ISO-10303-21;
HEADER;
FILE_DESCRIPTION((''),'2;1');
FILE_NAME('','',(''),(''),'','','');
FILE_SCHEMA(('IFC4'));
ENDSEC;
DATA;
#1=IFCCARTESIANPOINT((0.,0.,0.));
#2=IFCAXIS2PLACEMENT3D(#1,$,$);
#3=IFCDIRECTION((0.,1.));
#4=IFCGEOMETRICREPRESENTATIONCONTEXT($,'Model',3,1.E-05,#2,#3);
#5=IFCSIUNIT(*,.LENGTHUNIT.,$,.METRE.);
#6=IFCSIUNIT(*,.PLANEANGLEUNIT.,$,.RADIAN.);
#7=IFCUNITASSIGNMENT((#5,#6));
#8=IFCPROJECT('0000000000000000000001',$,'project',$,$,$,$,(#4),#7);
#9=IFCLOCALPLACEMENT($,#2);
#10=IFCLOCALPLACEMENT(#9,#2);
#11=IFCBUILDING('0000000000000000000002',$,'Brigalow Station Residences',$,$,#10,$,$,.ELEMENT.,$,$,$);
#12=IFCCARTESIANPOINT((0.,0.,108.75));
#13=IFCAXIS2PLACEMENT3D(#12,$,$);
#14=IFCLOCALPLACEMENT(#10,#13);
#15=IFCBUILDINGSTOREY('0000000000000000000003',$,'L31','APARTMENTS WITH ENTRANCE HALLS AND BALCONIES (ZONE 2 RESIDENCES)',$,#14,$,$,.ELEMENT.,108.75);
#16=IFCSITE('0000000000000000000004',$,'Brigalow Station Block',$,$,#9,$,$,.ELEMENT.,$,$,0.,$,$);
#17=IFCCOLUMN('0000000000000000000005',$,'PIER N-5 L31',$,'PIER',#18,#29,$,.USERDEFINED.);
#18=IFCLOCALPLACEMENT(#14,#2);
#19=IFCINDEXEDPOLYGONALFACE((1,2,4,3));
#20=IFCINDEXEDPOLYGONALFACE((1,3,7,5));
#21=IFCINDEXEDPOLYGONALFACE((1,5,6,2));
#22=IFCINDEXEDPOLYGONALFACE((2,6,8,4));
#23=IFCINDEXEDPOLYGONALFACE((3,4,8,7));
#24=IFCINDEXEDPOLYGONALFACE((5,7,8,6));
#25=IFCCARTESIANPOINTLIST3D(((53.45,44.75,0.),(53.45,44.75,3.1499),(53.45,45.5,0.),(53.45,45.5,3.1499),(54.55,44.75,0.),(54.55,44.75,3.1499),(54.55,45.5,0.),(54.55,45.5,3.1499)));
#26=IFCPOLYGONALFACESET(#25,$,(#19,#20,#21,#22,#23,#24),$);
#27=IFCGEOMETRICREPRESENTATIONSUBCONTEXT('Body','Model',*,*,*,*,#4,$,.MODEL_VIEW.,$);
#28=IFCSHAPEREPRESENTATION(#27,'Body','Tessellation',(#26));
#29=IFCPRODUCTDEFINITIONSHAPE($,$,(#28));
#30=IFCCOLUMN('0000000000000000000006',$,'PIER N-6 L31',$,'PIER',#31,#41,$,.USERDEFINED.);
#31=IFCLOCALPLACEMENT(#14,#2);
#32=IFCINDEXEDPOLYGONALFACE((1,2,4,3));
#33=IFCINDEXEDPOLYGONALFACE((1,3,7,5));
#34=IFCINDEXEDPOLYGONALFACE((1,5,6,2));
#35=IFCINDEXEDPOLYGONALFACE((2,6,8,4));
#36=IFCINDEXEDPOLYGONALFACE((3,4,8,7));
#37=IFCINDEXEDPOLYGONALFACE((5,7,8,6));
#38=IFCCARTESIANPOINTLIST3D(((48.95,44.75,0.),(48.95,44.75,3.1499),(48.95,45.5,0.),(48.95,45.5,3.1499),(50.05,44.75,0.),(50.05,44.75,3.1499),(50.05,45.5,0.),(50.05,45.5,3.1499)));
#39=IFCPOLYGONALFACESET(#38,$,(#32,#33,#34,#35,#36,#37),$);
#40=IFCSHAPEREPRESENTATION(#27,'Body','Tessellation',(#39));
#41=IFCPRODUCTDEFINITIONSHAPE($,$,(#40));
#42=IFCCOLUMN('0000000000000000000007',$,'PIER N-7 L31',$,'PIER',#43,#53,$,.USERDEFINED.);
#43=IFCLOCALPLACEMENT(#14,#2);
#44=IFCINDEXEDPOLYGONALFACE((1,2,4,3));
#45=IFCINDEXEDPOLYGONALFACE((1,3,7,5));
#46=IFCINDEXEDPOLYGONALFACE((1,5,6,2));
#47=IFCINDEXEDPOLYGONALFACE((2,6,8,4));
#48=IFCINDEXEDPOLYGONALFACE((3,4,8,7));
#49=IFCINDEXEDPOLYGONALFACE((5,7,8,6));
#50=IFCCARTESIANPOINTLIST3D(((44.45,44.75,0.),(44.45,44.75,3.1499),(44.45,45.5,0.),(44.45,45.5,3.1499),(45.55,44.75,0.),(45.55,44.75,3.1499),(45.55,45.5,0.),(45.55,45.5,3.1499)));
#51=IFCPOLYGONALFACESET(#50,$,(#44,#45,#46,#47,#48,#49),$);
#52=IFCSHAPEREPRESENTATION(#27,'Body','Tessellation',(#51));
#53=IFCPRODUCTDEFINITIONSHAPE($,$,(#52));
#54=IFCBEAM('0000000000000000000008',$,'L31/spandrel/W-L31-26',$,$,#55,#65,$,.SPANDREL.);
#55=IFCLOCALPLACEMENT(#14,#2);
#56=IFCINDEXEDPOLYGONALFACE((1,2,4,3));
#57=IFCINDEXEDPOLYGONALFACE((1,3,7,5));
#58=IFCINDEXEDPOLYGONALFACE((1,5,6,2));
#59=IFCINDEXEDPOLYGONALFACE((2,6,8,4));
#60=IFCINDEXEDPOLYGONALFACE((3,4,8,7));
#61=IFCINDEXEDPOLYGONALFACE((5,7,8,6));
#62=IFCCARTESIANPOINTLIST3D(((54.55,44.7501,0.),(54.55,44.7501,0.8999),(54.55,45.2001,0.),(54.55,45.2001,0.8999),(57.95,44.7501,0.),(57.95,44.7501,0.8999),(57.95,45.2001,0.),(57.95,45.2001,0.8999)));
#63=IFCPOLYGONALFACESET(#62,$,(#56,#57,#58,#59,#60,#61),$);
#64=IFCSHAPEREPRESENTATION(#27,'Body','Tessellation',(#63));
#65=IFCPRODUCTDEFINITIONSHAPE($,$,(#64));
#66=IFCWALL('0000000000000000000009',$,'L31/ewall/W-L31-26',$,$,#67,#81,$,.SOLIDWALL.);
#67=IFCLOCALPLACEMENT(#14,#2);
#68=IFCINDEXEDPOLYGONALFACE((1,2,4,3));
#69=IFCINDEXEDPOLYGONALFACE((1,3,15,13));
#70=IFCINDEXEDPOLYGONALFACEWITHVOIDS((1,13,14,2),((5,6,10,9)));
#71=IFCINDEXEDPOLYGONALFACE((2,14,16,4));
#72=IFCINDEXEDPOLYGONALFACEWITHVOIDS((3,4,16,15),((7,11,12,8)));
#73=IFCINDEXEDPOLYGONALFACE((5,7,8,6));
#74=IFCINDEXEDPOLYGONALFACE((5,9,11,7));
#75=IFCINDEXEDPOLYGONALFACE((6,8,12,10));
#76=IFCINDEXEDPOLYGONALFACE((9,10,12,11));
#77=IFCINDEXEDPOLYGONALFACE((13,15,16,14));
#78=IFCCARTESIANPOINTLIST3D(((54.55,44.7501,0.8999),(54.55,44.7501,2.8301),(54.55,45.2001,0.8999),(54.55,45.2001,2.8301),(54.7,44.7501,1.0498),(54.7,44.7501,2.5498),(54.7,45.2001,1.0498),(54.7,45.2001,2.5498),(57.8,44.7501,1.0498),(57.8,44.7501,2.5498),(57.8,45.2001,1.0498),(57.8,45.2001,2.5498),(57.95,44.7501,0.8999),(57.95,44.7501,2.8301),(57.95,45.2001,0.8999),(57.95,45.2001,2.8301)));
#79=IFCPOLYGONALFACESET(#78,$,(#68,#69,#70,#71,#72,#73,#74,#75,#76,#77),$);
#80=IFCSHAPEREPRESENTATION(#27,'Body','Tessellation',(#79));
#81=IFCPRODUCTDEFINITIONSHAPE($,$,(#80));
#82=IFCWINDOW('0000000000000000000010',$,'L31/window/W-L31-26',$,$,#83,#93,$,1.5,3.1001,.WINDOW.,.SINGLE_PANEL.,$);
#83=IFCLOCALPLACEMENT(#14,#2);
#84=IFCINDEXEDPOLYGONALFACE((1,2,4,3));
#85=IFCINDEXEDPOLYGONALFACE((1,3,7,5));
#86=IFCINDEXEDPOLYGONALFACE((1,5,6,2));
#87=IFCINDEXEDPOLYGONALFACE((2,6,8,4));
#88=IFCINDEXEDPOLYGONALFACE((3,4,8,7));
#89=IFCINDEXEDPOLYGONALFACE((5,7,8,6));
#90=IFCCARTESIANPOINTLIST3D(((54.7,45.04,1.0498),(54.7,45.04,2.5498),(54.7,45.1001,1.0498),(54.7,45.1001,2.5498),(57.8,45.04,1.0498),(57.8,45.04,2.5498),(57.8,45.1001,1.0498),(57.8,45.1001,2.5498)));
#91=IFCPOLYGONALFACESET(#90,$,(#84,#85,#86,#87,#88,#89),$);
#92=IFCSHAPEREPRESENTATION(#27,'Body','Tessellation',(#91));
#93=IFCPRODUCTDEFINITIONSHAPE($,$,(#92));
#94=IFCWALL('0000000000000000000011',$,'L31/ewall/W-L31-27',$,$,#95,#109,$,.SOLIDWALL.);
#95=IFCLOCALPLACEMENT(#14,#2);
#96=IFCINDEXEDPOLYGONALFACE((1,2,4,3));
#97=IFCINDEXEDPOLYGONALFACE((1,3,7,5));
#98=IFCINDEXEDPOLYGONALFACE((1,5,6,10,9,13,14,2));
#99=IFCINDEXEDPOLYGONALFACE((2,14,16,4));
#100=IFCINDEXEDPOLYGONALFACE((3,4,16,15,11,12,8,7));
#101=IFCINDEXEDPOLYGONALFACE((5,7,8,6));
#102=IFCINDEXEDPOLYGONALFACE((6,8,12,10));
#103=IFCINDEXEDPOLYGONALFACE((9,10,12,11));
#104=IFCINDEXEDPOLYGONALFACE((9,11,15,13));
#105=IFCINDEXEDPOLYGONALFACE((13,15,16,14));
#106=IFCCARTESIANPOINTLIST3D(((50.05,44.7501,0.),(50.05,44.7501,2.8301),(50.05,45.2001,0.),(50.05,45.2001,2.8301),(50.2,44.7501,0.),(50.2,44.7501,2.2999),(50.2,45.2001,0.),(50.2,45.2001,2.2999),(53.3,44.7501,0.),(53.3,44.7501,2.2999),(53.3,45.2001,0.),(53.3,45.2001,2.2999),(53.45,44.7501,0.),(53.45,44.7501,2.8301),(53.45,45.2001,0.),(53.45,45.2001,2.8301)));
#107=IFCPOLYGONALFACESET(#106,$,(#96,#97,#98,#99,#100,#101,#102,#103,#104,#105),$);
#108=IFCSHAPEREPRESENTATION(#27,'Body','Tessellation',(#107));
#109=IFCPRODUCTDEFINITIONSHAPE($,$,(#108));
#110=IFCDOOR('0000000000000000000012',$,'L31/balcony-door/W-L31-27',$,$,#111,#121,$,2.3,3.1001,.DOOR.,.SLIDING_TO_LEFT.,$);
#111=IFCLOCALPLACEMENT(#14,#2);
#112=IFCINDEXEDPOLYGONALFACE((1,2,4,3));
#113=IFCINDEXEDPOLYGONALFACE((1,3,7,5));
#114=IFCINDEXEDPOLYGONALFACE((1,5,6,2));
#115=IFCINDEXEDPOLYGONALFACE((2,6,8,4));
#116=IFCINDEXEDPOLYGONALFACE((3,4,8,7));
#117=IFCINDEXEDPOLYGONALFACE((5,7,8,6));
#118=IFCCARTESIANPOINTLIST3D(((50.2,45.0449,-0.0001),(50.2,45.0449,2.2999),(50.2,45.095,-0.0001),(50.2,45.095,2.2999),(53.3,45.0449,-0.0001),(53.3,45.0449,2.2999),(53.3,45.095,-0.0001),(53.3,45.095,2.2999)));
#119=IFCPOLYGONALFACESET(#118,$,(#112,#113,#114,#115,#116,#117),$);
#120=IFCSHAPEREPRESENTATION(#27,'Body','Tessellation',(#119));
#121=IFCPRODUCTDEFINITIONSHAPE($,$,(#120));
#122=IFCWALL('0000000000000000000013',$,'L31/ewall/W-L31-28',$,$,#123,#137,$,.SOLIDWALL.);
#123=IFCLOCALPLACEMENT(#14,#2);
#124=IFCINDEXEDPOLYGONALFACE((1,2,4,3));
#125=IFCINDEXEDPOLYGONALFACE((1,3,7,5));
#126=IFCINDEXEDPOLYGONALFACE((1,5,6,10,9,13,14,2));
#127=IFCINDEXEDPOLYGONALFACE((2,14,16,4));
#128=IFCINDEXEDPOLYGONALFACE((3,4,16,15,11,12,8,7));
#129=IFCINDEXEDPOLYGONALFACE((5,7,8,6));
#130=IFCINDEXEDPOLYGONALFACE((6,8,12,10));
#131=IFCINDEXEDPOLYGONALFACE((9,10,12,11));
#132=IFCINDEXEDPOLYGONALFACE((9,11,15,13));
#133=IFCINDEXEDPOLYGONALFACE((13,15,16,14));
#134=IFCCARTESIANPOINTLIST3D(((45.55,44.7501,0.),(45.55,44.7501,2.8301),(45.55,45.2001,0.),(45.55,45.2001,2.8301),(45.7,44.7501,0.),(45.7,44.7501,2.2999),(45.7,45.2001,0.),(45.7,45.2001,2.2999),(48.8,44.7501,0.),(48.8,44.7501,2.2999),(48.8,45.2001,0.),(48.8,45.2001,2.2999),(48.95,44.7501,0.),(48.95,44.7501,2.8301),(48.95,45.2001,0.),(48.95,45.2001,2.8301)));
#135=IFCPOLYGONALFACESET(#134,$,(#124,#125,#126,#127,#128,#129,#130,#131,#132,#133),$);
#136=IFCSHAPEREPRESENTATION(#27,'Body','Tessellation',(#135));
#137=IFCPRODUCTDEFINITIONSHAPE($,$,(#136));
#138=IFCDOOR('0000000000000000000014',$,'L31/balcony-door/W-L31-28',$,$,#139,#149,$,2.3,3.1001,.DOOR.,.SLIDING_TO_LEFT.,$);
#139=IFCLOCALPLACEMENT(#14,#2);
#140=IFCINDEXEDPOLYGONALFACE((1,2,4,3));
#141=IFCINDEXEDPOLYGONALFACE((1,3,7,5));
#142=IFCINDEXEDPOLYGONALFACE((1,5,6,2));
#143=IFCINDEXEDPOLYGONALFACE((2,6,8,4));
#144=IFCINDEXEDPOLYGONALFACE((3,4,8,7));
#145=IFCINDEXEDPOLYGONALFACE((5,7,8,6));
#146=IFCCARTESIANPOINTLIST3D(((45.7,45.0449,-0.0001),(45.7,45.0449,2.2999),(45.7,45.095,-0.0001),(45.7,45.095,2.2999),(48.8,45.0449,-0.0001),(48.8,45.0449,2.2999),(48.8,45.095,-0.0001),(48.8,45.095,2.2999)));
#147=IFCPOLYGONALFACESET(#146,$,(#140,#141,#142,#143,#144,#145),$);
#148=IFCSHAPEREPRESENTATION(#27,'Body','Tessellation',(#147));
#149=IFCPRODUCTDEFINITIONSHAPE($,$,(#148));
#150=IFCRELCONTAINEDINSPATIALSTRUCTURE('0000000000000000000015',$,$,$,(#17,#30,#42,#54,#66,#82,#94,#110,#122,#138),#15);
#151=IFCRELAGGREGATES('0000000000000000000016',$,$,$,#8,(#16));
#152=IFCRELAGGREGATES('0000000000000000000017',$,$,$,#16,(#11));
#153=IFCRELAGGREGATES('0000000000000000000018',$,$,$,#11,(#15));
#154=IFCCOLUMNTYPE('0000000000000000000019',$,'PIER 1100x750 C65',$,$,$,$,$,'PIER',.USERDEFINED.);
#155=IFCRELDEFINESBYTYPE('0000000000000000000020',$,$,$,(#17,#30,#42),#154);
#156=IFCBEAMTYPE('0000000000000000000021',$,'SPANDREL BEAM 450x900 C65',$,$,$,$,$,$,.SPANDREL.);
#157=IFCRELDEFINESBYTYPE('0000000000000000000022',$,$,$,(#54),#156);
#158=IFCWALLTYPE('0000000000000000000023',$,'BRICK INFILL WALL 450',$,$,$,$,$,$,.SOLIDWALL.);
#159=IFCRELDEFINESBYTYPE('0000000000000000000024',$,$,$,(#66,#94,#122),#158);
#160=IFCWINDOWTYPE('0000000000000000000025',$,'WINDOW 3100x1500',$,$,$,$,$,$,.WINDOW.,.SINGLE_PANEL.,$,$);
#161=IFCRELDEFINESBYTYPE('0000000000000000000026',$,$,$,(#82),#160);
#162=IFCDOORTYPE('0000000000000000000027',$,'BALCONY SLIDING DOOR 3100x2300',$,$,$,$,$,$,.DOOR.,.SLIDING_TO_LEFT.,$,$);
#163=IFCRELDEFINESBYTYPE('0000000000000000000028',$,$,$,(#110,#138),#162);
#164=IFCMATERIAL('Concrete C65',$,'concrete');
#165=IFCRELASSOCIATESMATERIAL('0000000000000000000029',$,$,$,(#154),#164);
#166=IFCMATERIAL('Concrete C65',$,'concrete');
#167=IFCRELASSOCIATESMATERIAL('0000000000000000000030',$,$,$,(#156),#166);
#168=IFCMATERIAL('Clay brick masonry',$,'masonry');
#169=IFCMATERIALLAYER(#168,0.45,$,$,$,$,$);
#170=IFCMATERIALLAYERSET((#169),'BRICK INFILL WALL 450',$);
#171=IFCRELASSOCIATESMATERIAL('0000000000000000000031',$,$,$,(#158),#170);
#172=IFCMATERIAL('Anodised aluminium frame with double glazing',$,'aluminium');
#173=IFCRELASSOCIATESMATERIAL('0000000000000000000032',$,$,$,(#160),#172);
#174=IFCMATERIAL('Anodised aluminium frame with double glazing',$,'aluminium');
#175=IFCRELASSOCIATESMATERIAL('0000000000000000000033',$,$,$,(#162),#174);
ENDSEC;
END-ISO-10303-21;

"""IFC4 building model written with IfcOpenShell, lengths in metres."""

from ifc_helpers import new_model, si_unit, direction, frame, frame_2d, origin, origin_2d, place, context, subcontext, project, spatial, rectangle, extrude, material, layer, layer_set, material_profile, profile_set, type_object, element, fill, save


model = new_model("IFC4")

# Units and contexts
model_context = context("Model", 3, precision=1e-05, world=origin(), true_north=direction((0.0, 1.0)))
body_context = subcontext(model_context, "Body", "Model", "MODEL_VIEW")
ifc_project = project(units=[si_unit("LENGTHUNIT", "METRE"), si_unit("PLANEANGLEUNIT", "RADIAN")], contexts=[model_context])

# Site, building, storey
site_placement = place(None, origin())
site = spatial("IfcSite", under=ifc_project, at=site_placement, Name="Brigalow Station Block", CompositionType="ELEMENT", RefElevation=0.0)
building_placement = place(site_placement, origin())
building = spatial("IfcBuilding", under=site, at=building_placement, Name="Brigalow Station Residences", CompositionType="ELEMENT")
storey_placement = place(building_placement, frame((0.0, 0.0, 108.75)))
storey = spatial("IfcBuildingStorey", under=building, at=storey_placement, Name="L31", Description="APARTMENTS WITH ENTRANCE HALLS AND BALCONIES (ZONE 2 RESIDENCES)", CompositionType="ELEMENT", Elevation=108.75)

# Columns
ifc_material_1 = material(Name="Concrete C65", Category="concrete")
ifc_material_profile_1 = material_profile(ifc_material_1, rectangle(XDim=1.1001, YDim=0.75, at=origin_2d()), Name="RC1100x750")
ifc_profile_set_1 = profile_set([ifc_material_profile_1], Name="Concrete C65")
column_type = type_object("IfcColumnType", Name="PIER 1100x750 C65", ElementType="PIER", PredefinedType="USERDEFINED", material=ifc_profile_set_1)
for number, where, z_axis, x_axis, name in (
    (1, (54.0, 45.125, 0.0), (0.0, 0.0, 1.0), (-1.0, 0.0, 0.0), "PIER N-5 L31"),
    (2, (49.5, 45.125, 0.0), (0.0, 0.0, 1.0), (-1.0, 0.0, 0.0), "PIER N-6 L31"),
    (3, (45.0, 45.125, 0.0), (0.0, 0.0, 1.0), (-1.0, 0.0, 0.0), "PIER N-7 L31"),
):
    element("IfcColumn", number, at=place(storey_placement, frame(where, z_axis=z_axis, x_axis=x_axis)), inside=storey, type_object=column_type, Name=name, ObjectType="PIER", PredefinedType="USERDEFINED", context=body_context, shape_type="SweptSolid", body=[
        extrude(rectangle(XDim=1.1001, YDim=0.75, at=origin_2d()), origin(), (0.0, 0.0, 1.0), 3.1499),
    ])

# Beam
ifc_material_2 = material(Name="Concrete C65", Category="concrete")
ifc_material_profile_2 = material_profile(ifc_material_2, rectangle(XDim=0.45, YDim=0.8999, at=origin_2d()), Name="RC450x900")
ifc_profile_set_2 = profile_set([ifc_material_profile_2], Name="Concrete C65")
beam_type = type_object("IfcBeamType", Name="SPANDREL BEAM 450x900 C65", PredefinedType="SPANDREL", material=ifc_profile_set_2)
beam_placement = place(storey_placement, frame((57.95, 44.9751, 0.45), z_axis=(-1.0, 0.0, 0.0), x_axis=(0.0, -1.0, 0.0)))
element("IfcBeam", 4, at=beam_placement, inside=storey, type_object=beam_type, Name="L31/spandrel/W-L31-26", PredefinedType="SPANDREL", context=body_context, shape_type="SweptSolid", body=[
    extrude(rectangle(XDim=0.45, YDim=0.8999, at=origin_2d()), origin(), (0.0, 0.0, 1.0), 3.3999),
])

# Wall, opening, window
ifc_material_3 = material(Name="Clay brick masonry", Category="masonry")
ifc_layer_1 = layer(ifc_material_3, 0.45)
ifc_layer_set_1 = layer_set([ifc_layer_1], Name="BRICK INFILL WALL 450")
wall_type_1 = type_object("IfcWallType", Name="BRICK INFILL WALL 450", PredefinedType="SOLIDWALL", material=ifc_layer_set_1)
wall_1_placement = place(storey_placement, frame((57.95, 44.9751, 0.8999), z_axis=(0.0, 0.0, 1.0), x_axis=(-1.0, 0.0, 0.0)))
wall_1 = element("IfcWall", 5, at=wall_1_placement, inside=storey, type_object=wall_type_1, Name="L31/ewall/W-L31-26", PredefinedType="SOLIDWALL", context=body_context, shape_type="SweptSolid", body=[
    extrude(rectangle(XDim=3.3999, YDim=0.45, at=frame_2d((1.7, 0.0))), origin(), (0.0, 0.0, 1.0), 1.9302),
])
opening_1_placement = place(wall_1_placement, frame((0.1499, 0.0, 0.1499)))
opening_1 = element("IfcOpeningElement", 6, at=opening_1_placement, cuts=wall_1, PredefinedType="OPENING", context=body_context, shape_type="SweptSolid", body=[
    extrude(rectangle(XDim=3.1001, YDim=1.5, at=frame_2d((1.55, 0.75))), frame((0.0, 0.2349, 0.0), z_axis=(0.0, -1.0, 0.0), x_axis=(1.0, 0.0, 0.0)), (0.0, 0.0, 1.0), 0.47),
])
ifc_material_4 = material(Name="Anodised aluminium frame with double glazing", Category="aluminium")
window_type = type_object("IfcWindowType", Name="WINDOW 3100x1500", PartitioningType="SINGLE_PANEL", PredefinedType="WINDOW", material=ifc_material_4)
window_placement = place(opening_1_placement, origin())
window = element("IfcWindow", 7, at=window_placement, inside=storey, type_object=window_type, Name="L31/window/W-L31-26", OverallHeight=1.5, OverallWidth=3.1001, PartitioningType="SINGLE_PANEL", PredefinedType="WINDOW", context=body_context, shape_type="SweptSolid", body=[
    extrude(rectangle(XDim=3.1001, YDim=1.5, at=frame_2d((1.55, 0.75))), frame((0.0, -0.0649, 0.0), z_axis=(0.0, -1.0, 0.0), x_axis=(1.0, 0.0, 0.0)), (0.0, 0.0, 1.0), 0.0601),
])
fill(opening_1, window)

# Walls, openings, doors
wall_2_placement = place(storey_placement, frame((53.45, 44.9751, 0.0), z_axis=(0.0, 0.0, 1.0), x_axis=(-1.0, 0.0, 0.0)))
wall_2 = element("IfcWall", 8, at=wall_2_placement, inside=storey, type_object=wall_type_1, Name="L31/ewall/W-L31-27", PredefinedType="SOLIDWALL", context=body_context, shape_type="SweptSolid", body=[
    extrude(rectangle(XDim=3.3999, YDim=0.45, at=frame_2d((1.7, 0.0))), origin(), (0.0, 0.0, 1.0), 2.8301),
])
opening_2_placement = place(wall_2_placement, frame((0.1499, 0.0, 0.0)))
opening_2 = element("IfcOpeningElement", 9, at=opening_2_placement, cuts=wall_2, PredefinedType="OPENING", context=body_context, shape_type="SweptSolid", body=[
    extrude(rectangle(XDim=3.1001, YDim=2.3, at=frame_2d((1.55, 1.1499))), frame((0.0, 0.2349, 0.0), z_axis=(0.0, -1.0, 0.0), x_axis=(1.0, 0.0, 0.0)), (0.0, 0.0, 1.0), 0.47),
])
ifc_material_5 = material(Name="Anodised aluminium frame with double glazing", Category="aluminium")
door_type_1 = type_object("IfcDoorType", Name="BALCONY SLIDING DOOR 3100x2300", OperationType="SLIDING_TO_LEFT", PredefinedType="DOOR", material=ifc_material_5)
door_1_placement = place(opening_2_placement, origin())
door_1 = element("IfcDoor", 10, at=door_1_placement, inside=storey, type_object=door_type_1, Name="L31/balcony-door/W-L31-27", OperationType="SLIDING_TO_LEFT", OverallHeight=2.3, OverallWidth=3.1001, PredefinedType="DOOR", context=body_context, shape_type="SweptSolid", body=[
    extrude(rectangle(XDim=3.1001, YDim=2.3, at=frame_2d((1.55, 1.1499))), frame((0.0, -0.0698, 0.0), z_axis=(0.0, -1.0, 0.0), x_axis=(1.0, 0.0, 0.0)), (0.0, 0.0, 1.0), 0.05),
])
fill(opening_2, door_1)
wall_3_placement = place(storey_placement, frame((48.95, 44.9751, 0.0), z_axis=(0.0, 0.0, 1.0), x_axis=(-1.0, 0.0, 0.0)))
wall_3 = element("IfcWall", 11, at=wall_3_placement, inside=storey, type_object=wall_type_1, Name="L31/ewall/W-L31-28", PredefinedType="SOLIDWALL", context=body_context, shape_type="SweptSolid", body=[
    extrude(rectangle(XDim=3.3999, YDim=0.45, at=frame_2d((1.7, 0.0))), origin(), (0.0, 0.0, 1.0), 2.8301),
])
opening_3_placement = place(wall_3_placement, frame((0.1499, 0.0, 0.0)))
opening_3 = element("IfcOpeningElement", 12, at=opening_3_placement, cuts=wall_3, PredefinedType="OPENING", context=body_context, shape_type="SweptSolid", body=[
    extrude(rectangle(XDim=3.1001, YDim=2.3, at=frame_2d((1.55, 1.1499))), frame((0.0, 0.2349, 0.0), z_axis=(0.0, -1.0, 0.0), x_axis=(1.0, 0.0, 0.0)), (0.0, 0.0, 1.0), 0.47),
])
door_2_placement = place(opening_3_placement, origin())
door_2 = element("IfcDoor", 13, at=door_2_placement, inside=storey, type_object=door_type_1, Name="L31/balcony-door/W-L31-28", OperationType="SLIDING_TO_LEFT", OverallHeight=2.3, OverallWidth=3.1001, PredefinedType="DOOR", context=body_context, shape_type="SweptSolid", body=[
    extrude(rectangle(XDim=3.1001, YDim=2.3, at=frame_2d((1.55, 1.1499))), frame((0.0, -0.0698, 0.0), z_axis=(0.0, -1.0, 0.0), x_axis=(1.0, 0.0, 0.0)), (0.0, 0.0, 1.0), 0.05),
])
fill(opening_3, door_2)

save(model, "model.ifc")
